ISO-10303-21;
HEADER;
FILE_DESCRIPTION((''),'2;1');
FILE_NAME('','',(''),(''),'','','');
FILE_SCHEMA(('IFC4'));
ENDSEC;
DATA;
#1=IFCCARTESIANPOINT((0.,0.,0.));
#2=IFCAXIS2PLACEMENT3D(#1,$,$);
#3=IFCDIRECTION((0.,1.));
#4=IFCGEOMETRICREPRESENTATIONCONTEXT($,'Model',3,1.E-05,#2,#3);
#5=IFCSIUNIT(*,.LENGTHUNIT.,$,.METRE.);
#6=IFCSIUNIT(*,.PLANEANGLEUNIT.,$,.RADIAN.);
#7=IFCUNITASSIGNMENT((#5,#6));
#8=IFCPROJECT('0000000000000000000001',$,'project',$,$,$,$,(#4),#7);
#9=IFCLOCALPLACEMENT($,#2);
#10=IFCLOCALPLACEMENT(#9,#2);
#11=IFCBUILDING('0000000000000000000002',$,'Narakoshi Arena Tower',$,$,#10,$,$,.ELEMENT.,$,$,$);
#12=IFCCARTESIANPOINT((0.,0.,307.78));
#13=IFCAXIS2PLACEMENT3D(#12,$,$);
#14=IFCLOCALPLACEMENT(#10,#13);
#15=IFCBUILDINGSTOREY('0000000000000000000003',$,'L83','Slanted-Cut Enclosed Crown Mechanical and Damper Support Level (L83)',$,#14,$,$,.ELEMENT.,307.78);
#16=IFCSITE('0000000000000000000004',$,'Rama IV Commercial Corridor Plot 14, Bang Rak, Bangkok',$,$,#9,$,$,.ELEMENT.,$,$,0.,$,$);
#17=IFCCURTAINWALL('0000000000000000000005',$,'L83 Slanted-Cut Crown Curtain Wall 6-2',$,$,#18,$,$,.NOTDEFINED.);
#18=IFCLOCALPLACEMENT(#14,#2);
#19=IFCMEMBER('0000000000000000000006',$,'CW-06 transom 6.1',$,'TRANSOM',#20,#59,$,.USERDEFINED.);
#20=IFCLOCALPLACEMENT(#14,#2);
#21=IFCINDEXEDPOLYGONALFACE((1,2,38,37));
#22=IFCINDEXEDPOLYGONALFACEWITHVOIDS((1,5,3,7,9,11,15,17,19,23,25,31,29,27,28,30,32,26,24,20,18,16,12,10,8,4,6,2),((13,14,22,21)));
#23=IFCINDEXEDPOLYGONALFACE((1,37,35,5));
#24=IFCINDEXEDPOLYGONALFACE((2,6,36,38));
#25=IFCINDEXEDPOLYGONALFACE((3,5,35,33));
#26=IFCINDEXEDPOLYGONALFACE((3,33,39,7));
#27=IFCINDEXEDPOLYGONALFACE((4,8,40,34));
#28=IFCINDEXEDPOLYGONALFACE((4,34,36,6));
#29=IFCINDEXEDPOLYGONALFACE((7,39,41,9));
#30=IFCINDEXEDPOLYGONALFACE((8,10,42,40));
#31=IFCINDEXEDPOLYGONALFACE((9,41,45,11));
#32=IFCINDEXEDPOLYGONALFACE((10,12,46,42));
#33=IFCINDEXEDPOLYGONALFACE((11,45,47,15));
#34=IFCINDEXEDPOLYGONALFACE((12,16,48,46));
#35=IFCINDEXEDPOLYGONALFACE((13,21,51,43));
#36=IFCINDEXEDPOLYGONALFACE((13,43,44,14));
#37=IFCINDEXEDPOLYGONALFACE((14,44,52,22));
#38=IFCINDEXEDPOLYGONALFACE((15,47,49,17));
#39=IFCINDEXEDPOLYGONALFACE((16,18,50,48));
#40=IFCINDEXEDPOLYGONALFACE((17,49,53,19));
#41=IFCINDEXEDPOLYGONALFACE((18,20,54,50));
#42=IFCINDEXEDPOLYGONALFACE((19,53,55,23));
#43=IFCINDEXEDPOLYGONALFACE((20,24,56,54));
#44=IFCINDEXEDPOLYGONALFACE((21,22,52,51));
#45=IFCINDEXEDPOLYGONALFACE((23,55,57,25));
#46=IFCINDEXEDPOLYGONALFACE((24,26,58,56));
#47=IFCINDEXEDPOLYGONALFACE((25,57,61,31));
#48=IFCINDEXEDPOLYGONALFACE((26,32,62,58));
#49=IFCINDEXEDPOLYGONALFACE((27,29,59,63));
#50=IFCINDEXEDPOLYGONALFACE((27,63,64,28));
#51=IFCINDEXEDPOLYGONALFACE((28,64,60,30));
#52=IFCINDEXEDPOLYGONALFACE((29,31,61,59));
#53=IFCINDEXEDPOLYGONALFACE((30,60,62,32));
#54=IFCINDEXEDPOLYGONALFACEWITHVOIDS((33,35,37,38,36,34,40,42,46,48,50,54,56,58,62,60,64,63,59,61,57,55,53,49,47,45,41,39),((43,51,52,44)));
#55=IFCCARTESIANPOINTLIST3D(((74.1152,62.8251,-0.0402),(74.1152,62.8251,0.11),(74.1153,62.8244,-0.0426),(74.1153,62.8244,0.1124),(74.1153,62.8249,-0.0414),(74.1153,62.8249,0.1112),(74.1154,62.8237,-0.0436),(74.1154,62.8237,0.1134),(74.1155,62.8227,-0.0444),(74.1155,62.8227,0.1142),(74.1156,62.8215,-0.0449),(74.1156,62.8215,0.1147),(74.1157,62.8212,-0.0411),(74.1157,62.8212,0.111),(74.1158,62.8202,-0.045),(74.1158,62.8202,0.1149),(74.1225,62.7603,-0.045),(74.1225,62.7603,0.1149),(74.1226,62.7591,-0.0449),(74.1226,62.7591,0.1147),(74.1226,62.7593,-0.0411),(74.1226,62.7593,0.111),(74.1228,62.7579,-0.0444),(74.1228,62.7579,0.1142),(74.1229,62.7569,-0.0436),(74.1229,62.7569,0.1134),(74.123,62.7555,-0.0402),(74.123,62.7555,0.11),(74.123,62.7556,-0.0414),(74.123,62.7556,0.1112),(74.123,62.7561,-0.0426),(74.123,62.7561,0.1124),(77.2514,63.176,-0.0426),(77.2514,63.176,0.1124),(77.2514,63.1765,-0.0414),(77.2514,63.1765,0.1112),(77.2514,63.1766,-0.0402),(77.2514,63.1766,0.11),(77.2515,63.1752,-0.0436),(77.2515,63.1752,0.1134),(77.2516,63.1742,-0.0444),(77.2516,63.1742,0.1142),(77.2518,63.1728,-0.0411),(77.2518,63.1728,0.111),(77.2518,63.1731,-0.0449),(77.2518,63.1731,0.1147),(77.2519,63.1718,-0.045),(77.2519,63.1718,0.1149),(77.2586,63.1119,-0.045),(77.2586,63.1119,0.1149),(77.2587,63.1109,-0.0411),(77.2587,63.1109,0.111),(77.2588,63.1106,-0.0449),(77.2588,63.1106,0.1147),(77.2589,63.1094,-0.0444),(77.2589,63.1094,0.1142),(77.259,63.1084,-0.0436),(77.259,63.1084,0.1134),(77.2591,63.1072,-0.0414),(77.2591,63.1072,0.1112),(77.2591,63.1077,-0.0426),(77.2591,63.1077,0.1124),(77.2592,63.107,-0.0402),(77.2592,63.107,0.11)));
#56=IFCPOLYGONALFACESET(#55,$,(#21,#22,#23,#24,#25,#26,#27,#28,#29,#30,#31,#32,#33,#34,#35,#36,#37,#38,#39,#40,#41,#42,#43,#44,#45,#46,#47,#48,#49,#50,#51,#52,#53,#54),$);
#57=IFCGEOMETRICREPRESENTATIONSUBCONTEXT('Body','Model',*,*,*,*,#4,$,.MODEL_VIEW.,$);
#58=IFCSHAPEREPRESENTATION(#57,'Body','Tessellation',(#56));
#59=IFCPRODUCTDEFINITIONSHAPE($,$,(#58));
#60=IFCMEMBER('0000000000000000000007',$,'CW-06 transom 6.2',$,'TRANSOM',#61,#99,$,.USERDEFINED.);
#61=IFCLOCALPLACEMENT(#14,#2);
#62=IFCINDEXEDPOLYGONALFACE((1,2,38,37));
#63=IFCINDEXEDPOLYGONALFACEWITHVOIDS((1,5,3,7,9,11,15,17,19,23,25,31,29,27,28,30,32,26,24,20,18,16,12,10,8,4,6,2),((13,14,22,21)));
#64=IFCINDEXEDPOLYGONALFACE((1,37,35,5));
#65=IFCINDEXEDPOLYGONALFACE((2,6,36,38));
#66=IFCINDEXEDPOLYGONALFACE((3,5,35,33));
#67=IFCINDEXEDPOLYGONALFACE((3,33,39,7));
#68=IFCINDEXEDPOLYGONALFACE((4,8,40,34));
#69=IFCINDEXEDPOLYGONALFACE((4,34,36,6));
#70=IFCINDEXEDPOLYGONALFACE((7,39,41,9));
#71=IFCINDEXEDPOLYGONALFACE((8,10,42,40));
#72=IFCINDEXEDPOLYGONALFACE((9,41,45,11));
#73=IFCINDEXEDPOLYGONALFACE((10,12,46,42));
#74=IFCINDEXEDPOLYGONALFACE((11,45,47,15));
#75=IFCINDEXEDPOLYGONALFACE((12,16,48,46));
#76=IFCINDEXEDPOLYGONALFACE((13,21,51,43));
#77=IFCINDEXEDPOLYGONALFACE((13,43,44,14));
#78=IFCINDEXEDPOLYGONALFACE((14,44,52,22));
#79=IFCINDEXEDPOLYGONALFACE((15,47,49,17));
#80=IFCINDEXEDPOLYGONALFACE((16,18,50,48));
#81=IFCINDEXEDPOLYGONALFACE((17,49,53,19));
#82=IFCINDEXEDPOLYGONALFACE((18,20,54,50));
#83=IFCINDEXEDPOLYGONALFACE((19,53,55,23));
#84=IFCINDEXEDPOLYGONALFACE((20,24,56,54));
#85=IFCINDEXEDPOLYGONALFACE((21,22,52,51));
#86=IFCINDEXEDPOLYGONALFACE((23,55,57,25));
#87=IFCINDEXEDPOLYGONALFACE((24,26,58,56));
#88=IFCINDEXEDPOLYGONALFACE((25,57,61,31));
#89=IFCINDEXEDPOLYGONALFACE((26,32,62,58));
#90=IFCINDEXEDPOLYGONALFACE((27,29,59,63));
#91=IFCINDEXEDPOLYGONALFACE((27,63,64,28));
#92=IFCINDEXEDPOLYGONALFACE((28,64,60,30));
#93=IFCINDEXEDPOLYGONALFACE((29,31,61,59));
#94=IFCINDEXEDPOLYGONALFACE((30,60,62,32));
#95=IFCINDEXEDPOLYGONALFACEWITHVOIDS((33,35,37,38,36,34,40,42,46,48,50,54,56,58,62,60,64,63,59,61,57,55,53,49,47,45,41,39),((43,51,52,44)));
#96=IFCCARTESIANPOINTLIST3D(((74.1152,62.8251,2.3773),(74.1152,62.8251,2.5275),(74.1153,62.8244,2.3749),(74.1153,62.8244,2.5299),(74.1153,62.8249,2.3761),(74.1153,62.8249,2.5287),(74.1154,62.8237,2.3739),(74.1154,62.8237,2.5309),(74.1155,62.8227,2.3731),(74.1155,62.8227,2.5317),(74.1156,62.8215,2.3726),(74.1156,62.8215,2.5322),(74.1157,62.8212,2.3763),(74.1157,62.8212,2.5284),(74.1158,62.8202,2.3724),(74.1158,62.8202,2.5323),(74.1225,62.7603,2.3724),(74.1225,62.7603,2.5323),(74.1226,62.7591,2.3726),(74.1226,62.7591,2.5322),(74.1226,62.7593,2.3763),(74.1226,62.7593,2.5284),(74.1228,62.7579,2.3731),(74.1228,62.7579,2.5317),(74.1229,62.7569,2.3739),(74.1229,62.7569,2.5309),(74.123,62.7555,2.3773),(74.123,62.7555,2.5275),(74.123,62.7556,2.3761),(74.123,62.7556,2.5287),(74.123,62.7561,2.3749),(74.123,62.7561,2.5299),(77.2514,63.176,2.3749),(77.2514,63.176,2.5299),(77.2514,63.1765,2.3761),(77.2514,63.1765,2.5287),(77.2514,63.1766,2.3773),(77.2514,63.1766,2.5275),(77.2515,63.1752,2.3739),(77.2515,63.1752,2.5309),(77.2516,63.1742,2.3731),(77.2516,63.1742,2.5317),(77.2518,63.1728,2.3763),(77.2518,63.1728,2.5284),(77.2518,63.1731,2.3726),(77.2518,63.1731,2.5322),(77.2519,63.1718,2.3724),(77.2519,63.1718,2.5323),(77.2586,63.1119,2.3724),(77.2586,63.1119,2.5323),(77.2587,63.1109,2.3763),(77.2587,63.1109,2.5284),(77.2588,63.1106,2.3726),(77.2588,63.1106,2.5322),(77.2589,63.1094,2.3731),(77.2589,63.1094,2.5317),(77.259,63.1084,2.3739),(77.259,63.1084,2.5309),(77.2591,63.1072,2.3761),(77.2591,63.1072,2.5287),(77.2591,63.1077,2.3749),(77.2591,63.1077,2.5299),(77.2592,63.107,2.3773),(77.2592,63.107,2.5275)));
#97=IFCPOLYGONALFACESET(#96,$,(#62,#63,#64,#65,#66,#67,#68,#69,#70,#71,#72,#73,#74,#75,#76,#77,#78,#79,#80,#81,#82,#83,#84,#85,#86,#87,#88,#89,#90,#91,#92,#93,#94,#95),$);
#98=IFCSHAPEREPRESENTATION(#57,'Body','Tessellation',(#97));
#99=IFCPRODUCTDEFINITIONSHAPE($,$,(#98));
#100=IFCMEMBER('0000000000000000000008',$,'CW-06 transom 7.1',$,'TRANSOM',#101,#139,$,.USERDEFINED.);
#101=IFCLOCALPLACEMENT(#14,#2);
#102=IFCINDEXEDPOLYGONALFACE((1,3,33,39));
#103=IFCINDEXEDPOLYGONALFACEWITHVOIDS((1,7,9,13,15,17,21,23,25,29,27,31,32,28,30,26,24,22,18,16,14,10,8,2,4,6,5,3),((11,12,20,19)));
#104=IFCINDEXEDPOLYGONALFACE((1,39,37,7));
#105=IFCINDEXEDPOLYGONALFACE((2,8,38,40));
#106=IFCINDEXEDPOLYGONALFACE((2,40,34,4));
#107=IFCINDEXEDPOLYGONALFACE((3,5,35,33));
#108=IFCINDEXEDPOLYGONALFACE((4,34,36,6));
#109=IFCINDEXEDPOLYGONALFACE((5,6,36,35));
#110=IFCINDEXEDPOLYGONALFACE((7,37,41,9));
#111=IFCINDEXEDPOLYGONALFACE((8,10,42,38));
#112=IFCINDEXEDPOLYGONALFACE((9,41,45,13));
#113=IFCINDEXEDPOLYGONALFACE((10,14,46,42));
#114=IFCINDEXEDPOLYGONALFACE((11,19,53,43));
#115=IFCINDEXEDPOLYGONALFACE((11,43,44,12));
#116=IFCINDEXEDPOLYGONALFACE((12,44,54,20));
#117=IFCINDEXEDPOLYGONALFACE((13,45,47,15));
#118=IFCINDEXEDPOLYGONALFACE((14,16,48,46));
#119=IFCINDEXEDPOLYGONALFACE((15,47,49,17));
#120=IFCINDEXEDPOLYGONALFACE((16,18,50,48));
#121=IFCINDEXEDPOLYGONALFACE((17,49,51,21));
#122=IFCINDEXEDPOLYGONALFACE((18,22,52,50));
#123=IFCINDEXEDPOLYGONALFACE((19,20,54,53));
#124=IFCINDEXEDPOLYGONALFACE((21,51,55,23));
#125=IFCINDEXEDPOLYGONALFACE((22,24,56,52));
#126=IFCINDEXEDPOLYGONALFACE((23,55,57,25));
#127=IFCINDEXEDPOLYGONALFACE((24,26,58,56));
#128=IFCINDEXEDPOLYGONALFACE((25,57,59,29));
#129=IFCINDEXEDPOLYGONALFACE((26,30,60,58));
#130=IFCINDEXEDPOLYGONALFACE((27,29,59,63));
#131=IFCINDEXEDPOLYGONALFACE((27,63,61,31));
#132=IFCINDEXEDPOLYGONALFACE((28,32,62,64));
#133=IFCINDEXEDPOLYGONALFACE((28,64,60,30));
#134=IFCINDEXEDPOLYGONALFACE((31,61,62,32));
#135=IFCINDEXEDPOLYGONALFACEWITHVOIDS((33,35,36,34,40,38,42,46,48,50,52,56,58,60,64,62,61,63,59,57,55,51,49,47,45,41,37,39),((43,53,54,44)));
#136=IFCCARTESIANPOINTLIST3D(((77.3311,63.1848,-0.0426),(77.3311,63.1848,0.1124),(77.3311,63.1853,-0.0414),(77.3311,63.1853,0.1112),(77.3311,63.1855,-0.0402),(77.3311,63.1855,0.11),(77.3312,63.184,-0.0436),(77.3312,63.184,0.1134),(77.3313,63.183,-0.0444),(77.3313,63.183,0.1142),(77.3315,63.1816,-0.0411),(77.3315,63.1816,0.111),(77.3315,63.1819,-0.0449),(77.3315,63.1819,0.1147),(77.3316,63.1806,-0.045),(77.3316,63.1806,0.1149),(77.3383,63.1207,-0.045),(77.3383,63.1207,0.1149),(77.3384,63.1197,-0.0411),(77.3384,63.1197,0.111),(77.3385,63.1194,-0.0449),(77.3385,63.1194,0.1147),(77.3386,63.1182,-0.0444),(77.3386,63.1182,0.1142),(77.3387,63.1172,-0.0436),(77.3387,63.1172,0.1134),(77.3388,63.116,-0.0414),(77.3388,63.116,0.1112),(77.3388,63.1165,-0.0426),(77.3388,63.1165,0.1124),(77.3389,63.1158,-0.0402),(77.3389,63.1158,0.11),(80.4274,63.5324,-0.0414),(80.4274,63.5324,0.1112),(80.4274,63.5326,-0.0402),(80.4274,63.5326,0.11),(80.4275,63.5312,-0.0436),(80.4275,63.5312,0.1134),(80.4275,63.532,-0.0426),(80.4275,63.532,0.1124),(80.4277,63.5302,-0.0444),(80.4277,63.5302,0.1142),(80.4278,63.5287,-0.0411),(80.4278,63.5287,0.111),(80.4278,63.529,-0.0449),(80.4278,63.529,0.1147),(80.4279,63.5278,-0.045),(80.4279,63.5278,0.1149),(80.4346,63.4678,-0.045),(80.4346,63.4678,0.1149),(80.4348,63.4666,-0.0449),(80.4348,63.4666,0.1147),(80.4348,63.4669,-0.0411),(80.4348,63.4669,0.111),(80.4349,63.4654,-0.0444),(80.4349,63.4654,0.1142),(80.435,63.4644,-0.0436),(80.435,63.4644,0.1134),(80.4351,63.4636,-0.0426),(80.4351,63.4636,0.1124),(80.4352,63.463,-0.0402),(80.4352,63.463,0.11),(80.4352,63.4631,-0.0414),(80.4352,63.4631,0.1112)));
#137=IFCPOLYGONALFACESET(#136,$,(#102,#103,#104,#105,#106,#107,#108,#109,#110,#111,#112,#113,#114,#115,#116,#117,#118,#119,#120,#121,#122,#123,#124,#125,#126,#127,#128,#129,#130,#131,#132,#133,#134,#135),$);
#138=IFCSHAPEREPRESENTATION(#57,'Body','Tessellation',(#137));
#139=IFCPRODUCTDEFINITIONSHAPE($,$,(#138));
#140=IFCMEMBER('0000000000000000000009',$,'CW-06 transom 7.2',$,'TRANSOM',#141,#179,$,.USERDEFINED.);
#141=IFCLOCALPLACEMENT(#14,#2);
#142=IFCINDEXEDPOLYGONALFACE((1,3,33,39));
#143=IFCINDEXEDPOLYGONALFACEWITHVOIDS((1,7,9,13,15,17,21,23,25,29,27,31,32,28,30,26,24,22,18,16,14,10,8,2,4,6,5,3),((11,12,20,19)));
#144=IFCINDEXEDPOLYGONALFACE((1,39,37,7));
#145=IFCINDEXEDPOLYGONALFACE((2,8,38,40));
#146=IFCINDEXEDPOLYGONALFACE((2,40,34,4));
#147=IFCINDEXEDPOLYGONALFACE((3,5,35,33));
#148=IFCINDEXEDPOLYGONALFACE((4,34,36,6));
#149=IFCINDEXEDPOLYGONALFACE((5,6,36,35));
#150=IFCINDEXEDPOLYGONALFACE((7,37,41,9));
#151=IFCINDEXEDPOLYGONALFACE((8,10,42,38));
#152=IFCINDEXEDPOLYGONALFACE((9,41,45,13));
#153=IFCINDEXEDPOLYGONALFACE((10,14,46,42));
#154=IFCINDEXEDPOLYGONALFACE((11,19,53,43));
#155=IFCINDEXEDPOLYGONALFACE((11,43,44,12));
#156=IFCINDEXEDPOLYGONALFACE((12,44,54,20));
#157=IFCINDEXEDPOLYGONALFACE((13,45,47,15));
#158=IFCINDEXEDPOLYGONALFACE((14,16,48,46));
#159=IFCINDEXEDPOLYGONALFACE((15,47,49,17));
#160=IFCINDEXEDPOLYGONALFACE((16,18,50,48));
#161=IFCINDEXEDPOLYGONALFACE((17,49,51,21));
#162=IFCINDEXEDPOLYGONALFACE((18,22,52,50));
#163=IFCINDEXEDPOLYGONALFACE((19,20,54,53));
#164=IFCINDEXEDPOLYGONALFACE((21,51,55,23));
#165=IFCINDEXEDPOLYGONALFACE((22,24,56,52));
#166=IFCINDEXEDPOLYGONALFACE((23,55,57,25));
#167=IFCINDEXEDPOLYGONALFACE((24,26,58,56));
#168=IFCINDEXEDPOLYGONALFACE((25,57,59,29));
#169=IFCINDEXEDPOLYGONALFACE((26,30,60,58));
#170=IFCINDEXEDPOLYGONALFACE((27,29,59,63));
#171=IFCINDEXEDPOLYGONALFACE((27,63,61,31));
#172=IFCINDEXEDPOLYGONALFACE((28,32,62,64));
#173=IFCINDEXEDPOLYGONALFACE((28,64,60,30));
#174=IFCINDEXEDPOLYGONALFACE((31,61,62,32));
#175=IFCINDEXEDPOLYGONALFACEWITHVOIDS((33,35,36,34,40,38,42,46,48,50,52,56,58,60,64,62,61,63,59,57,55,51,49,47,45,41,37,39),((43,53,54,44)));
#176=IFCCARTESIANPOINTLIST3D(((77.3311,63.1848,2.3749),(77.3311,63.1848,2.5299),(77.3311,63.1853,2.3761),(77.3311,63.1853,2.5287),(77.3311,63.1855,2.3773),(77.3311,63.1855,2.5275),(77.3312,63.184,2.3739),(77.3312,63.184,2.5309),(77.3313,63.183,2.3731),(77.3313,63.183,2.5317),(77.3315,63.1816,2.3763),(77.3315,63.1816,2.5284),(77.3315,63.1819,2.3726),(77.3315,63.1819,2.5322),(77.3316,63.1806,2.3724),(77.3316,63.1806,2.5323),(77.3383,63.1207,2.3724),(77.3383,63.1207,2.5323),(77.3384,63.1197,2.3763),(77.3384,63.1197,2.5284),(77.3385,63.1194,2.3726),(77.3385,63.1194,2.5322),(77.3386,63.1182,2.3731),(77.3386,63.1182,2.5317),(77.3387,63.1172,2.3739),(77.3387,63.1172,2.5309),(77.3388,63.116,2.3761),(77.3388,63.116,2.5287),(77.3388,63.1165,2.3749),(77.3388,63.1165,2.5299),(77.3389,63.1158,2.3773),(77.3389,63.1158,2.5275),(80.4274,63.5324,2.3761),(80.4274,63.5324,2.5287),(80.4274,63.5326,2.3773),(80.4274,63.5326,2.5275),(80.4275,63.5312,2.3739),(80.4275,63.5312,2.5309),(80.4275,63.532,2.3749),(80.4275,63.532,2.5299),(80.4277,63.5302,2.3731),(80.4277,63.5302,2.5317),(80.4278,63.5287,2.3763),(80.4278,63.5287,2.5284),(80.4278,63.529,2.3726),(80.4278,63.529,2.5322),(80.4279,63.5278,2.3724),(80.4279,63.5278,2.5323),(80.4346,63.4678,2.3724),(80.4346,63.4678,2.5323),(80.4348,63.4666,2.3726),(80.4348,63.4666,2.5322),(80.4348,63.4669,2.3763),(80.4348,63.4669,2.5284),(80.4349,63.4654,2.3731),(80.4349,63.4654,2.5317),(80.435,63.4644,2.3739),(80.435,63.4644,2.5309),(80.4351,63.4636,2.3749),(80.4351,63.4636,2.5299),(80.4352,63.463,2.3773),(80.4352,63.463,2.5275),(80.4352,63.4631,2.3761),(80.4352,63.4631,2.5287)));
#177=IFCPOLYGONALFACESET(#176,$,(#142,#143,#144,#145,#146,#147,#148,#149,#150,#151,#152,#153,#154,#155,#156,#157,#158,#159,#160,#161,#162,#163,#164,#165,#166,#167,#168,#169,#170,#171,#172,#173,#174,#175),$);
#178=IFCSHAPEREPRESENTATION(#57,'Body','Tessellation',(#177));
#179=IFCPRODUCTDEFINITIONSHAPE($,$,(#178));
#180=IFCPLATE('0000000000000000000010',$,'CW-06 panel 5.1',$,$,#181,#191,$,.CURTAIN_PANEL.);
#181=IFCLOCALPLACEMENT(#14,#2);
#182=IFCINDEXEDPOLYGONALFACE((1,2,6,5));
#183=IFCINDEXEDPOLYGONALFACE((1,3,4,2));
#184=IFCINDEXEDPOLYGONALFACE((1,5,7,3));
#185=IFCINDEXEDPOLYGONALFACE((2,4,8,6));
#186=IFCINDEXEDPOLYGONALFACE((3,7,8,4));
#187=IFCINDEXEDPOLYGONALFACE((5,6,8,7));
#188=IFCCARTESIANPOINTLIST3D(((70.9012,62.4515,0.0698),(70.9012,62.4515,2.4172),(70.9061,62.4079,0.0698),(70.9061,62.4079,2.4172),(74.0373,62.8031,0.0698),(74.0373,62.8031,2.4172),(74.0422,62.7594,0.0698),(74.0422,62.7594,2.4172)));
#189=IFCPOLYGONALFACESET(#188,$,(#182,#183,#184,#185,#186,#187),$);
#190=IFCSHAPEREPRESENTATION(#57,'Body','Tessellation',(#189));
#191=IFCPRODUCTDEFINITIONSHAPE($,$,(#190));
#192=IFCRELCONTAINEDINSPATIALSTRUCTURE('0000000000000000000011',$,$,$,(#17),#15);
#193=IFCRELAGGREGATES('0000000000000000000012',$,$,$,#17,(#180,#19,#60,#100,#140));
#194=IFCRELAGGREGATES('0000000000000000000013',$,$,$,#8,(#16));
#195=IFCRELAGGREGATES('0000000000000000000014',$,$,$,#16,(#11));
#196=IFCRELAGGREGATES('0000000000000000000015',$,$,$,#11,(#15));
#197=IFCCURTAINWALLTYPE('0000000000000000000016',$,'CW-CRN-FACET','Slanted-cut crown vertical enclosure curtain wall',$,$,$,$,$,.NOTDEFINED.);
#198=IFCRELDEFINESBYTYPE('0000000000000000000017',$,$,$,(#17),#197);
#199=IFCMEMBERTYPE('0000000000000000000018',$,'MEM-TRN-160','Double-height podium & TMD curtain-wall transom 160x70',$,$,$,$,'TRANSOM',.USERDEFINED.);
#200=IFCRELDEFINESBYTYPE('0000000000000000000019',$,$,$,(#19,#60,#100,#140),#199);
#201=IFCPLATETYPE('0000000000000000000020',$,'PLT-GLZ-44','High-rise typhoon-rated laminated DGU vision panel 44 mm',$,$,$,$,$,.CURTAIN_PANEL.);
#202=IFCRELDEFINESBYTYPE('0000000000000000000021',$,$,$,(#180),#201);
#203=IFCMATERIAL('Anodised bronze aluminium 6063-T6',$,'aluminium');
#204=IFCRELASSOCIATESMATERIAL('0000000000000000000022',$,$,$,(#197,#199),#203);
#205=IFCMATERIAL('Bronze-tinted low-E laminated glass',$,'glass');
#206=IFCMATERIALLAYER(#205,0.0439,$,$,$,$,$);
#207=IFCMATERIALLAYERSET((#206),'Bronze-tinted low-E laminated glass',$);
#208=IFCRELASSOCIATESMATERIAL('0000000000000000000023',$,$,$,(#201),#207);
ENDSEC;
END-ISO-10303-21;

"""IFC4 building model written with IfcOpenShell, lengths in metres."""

from ifc_helpers import new_model, si_unit, direction, frame, origin, origin_2d, place, context, subcontext, project, spatial, rectangle, hollow_rectangle, extrude, material, layer, layer_set, material_profile, profile_set, type_object, element, aggregate, save


model = new_model("IFC4")

# Units and contexts
model_context = context("Model", 3, precision=1e-05, world=origin(), true_north=direction((0.0, 1.0)))
body_context = subcontext(model_context, "Body", "Model", "MODEL_VIEW")
ifc_project = project(units=[si_unit("LENGTHUNIT", "METRE"), si_unit("PLANEANGLEUNIT", "RADIAN")], contexts=[model_context])

# Site, building, storey
site_placement = place(None, origin())
site = spatial("IfcSite", under=ifc_project, at=site_placement, Name="Rama IV Commercial Corridor Plot 14, Bang Rak, Bangkok", CompositionType="ELEMENT", RefElevation=0.0)
building_placement = place(site_placement, origin())
building = spatial("IfcBuilding", under=site, at=building_placement, Name="Narakoshi Arena Tower", CompositionType="ELEMENT")
storey_placement = place(building_placement, frame((0.0, 0.0, 307.78)))
storey = spatial("IfcBuildingStorey", under=building, at=storey_placement, Name="L83", Description="Slanted-Cut Enclosed Crown Mechanical and Damper Support Level (L83)", CompositionType="ELEMENT", Elevation=307.78)

# Curtain wall, members, plate
ifc_material_1 = material(Name="Anodised bronze aluminium 6063-T6", Category="aluminium")
curtain_wall_type = type_object("IfcCurtainWallType", Name="CW-CRN-FACET", Description="Slanted-cut crown vertical enclosure curtain wall", PredefinedType="NOTDEFINED", material=ifc_material_1)
curtain_wall_placement = place(storey_placement, origin())
curtain_wall = element("IfcCurtainWall", 1, at=curtain_wall_placement, inside=storey, type_object=curtain_wall_type, Name="L83 Slanted-Cut Crown Curtain Wall 6-2", PredefinedType="NOTDEFINED")
ifc_material_profile_1 = material_profile(ifc_material_1, hollow_rectangle(XDim=0.0701, YDim=0.1599, WallThickness=0.0039, OuterFilletRadius=0.0049, at=origin_2d()), Name="TRN160x70x4")
ifc_profile_set_1 = profile_set([ifc_material_profile_1], Name="Anodised bronze aluminium 6063-T6")
member_type_1 = type_object("IfcMemberType", Name="MEM-TRN-160", Description="Double-height podium & TMD curtain-wall transom 160x70", ElementType="TRANSOM", PredefinedType="USERDEFINED", material=ifc_profile_set_1)
member_1_placement = place(storey_placement, frame((74.1191, 62.7903, 0.0349), z_axis=(0.993776, 0.111399, 0.0), x_axis=(-0.111399, 0.993776, 0.0)))
member_1 = element("IfcMember", 2, at=member_1_placement, type_object=member_type_1, Name="CW-06 transom 6.1", ObjectType="TRANSOM", PredefinedType="USERDEFINED", context=body_context, shape_type="SweptSolid", body=[
    extrude(hollow_rectangle(XDim=0.0701, YDim=0.1599, WallThickness=0.0039, OuterFilletRadius=0.0049, at=origin_2d()), origin(), (0.0, 0.0, 1.0), 3.1558),
])
member_2_placement = place(storey_placement, frame((74.1191, 62.7903, 2.4524), z_axis=(0.993776, 0.111399, 0.0), x_axis=(-0.111399, 0.993776, 0.0)))
member_2 = element("IfcMember", 3, at=member_2_placement, type_object=member_type_1, Name="CW-06 transom 6.2", ObjectType="TRANSOM", PredefinedType="USERDEFINED", context=body_context, shape_type="SweptSolid", body=[
    extrude(hollow_rectangle(XDim=0.0701, YDim=0.1599, WallThickness=0.0039, OuterFilletRadius=0.0049, at=origin_2d()), origin(), (0.0, 0.0, 1.0), 3.1558),
])
member_3_placement = place(storey_placement, frame((77.335, 63.1506, 0.0349), z_axis=(0.993773, 0.11142, 0.0), x_axis=(-0.11142, 0.993773, 0.0)))
member_3 = element("IfcMember", 4, at=member_3_placement, type_object=member_type_1, Name="CW-06 transom 7.1", ObjectType="TRANSOM", PredefinedType="USERDEFINED", context=body_context, shape_type="SweptSolid", body=[
    extrude(hollow_rectangle(XDim=0.0701, YDim=0.1599, WallThickness=0.0039, OuterFilletRadius=0.0049, at=origin_2d()), origin(), (0.0, 0.0, 1.0), 3.1157),
])
member_4_placement = place(storey_placement, frame((77.335, 63.1506, 2.4524), z_axis=(0.993773, 0.11142, 0.0), x_axis=(-0.11142, 0.993773, 0.0)))
member_4 = element("IfcMember", 5, at=member_4_placement, type_object=member_type_1, Name="CW-06 transom 7.2", ObjectType="TRANSOM", PredefinedType="USERDEFINED", context=body_context, shape_type="SweptSolid", body=[
    extrude(hollow_rectangle(XDim=0.0701, YDim=0.1599, WallThickness=0.0039, OuterFilletRadius=0.0049, at=origin_2d()), origin(), (0.0, 0.0, 1.0), 3.1157),
])
ifc_material_2 = material(Name="Bronze-tinted low-E laminated glass", Category="glass")
ifc_layer_1 = layer(ifc_material_2, 0.0439)
ifc_layer_set_1 = layer_set([ifc_layer_1], Name="Bronze-tinted low-E laminated glass")
plate_type = type_object("IfcPlateType", Name="PLT-GLZ-44", Description="High-rise typhoon-rated laminated DGU vision panel 44 mm", PredefinedType="CURTAIN_PANEL", material=ifc_layer_set_1)
plate_1_placement = place(storey_placement, frame((72.4717, 62.6055, 0.0698), z_axis=(0.0, 0.0, 1.0), x_axis=(0.993776, 0.111395, 0.0)))
plate_1 = element("IfcPlate", 6, at=plate_1_placement, type_object=plate_type, Name="CW-06 panel 5.1", PredefinedType="CURTAIN_PANEL", context=body_context, shape_type="SweptSolid", body=[
    extrude(rectangle(XDim=3.1558, YDim=0.0439, at=origin_2d()), origin(), (0.0, 0.0, 1.0), 2.3474),
])
aggregate(curtain_wall, [plate_1, member_1, member_2, member_3, member_4])

save(model, "model.ifc")
